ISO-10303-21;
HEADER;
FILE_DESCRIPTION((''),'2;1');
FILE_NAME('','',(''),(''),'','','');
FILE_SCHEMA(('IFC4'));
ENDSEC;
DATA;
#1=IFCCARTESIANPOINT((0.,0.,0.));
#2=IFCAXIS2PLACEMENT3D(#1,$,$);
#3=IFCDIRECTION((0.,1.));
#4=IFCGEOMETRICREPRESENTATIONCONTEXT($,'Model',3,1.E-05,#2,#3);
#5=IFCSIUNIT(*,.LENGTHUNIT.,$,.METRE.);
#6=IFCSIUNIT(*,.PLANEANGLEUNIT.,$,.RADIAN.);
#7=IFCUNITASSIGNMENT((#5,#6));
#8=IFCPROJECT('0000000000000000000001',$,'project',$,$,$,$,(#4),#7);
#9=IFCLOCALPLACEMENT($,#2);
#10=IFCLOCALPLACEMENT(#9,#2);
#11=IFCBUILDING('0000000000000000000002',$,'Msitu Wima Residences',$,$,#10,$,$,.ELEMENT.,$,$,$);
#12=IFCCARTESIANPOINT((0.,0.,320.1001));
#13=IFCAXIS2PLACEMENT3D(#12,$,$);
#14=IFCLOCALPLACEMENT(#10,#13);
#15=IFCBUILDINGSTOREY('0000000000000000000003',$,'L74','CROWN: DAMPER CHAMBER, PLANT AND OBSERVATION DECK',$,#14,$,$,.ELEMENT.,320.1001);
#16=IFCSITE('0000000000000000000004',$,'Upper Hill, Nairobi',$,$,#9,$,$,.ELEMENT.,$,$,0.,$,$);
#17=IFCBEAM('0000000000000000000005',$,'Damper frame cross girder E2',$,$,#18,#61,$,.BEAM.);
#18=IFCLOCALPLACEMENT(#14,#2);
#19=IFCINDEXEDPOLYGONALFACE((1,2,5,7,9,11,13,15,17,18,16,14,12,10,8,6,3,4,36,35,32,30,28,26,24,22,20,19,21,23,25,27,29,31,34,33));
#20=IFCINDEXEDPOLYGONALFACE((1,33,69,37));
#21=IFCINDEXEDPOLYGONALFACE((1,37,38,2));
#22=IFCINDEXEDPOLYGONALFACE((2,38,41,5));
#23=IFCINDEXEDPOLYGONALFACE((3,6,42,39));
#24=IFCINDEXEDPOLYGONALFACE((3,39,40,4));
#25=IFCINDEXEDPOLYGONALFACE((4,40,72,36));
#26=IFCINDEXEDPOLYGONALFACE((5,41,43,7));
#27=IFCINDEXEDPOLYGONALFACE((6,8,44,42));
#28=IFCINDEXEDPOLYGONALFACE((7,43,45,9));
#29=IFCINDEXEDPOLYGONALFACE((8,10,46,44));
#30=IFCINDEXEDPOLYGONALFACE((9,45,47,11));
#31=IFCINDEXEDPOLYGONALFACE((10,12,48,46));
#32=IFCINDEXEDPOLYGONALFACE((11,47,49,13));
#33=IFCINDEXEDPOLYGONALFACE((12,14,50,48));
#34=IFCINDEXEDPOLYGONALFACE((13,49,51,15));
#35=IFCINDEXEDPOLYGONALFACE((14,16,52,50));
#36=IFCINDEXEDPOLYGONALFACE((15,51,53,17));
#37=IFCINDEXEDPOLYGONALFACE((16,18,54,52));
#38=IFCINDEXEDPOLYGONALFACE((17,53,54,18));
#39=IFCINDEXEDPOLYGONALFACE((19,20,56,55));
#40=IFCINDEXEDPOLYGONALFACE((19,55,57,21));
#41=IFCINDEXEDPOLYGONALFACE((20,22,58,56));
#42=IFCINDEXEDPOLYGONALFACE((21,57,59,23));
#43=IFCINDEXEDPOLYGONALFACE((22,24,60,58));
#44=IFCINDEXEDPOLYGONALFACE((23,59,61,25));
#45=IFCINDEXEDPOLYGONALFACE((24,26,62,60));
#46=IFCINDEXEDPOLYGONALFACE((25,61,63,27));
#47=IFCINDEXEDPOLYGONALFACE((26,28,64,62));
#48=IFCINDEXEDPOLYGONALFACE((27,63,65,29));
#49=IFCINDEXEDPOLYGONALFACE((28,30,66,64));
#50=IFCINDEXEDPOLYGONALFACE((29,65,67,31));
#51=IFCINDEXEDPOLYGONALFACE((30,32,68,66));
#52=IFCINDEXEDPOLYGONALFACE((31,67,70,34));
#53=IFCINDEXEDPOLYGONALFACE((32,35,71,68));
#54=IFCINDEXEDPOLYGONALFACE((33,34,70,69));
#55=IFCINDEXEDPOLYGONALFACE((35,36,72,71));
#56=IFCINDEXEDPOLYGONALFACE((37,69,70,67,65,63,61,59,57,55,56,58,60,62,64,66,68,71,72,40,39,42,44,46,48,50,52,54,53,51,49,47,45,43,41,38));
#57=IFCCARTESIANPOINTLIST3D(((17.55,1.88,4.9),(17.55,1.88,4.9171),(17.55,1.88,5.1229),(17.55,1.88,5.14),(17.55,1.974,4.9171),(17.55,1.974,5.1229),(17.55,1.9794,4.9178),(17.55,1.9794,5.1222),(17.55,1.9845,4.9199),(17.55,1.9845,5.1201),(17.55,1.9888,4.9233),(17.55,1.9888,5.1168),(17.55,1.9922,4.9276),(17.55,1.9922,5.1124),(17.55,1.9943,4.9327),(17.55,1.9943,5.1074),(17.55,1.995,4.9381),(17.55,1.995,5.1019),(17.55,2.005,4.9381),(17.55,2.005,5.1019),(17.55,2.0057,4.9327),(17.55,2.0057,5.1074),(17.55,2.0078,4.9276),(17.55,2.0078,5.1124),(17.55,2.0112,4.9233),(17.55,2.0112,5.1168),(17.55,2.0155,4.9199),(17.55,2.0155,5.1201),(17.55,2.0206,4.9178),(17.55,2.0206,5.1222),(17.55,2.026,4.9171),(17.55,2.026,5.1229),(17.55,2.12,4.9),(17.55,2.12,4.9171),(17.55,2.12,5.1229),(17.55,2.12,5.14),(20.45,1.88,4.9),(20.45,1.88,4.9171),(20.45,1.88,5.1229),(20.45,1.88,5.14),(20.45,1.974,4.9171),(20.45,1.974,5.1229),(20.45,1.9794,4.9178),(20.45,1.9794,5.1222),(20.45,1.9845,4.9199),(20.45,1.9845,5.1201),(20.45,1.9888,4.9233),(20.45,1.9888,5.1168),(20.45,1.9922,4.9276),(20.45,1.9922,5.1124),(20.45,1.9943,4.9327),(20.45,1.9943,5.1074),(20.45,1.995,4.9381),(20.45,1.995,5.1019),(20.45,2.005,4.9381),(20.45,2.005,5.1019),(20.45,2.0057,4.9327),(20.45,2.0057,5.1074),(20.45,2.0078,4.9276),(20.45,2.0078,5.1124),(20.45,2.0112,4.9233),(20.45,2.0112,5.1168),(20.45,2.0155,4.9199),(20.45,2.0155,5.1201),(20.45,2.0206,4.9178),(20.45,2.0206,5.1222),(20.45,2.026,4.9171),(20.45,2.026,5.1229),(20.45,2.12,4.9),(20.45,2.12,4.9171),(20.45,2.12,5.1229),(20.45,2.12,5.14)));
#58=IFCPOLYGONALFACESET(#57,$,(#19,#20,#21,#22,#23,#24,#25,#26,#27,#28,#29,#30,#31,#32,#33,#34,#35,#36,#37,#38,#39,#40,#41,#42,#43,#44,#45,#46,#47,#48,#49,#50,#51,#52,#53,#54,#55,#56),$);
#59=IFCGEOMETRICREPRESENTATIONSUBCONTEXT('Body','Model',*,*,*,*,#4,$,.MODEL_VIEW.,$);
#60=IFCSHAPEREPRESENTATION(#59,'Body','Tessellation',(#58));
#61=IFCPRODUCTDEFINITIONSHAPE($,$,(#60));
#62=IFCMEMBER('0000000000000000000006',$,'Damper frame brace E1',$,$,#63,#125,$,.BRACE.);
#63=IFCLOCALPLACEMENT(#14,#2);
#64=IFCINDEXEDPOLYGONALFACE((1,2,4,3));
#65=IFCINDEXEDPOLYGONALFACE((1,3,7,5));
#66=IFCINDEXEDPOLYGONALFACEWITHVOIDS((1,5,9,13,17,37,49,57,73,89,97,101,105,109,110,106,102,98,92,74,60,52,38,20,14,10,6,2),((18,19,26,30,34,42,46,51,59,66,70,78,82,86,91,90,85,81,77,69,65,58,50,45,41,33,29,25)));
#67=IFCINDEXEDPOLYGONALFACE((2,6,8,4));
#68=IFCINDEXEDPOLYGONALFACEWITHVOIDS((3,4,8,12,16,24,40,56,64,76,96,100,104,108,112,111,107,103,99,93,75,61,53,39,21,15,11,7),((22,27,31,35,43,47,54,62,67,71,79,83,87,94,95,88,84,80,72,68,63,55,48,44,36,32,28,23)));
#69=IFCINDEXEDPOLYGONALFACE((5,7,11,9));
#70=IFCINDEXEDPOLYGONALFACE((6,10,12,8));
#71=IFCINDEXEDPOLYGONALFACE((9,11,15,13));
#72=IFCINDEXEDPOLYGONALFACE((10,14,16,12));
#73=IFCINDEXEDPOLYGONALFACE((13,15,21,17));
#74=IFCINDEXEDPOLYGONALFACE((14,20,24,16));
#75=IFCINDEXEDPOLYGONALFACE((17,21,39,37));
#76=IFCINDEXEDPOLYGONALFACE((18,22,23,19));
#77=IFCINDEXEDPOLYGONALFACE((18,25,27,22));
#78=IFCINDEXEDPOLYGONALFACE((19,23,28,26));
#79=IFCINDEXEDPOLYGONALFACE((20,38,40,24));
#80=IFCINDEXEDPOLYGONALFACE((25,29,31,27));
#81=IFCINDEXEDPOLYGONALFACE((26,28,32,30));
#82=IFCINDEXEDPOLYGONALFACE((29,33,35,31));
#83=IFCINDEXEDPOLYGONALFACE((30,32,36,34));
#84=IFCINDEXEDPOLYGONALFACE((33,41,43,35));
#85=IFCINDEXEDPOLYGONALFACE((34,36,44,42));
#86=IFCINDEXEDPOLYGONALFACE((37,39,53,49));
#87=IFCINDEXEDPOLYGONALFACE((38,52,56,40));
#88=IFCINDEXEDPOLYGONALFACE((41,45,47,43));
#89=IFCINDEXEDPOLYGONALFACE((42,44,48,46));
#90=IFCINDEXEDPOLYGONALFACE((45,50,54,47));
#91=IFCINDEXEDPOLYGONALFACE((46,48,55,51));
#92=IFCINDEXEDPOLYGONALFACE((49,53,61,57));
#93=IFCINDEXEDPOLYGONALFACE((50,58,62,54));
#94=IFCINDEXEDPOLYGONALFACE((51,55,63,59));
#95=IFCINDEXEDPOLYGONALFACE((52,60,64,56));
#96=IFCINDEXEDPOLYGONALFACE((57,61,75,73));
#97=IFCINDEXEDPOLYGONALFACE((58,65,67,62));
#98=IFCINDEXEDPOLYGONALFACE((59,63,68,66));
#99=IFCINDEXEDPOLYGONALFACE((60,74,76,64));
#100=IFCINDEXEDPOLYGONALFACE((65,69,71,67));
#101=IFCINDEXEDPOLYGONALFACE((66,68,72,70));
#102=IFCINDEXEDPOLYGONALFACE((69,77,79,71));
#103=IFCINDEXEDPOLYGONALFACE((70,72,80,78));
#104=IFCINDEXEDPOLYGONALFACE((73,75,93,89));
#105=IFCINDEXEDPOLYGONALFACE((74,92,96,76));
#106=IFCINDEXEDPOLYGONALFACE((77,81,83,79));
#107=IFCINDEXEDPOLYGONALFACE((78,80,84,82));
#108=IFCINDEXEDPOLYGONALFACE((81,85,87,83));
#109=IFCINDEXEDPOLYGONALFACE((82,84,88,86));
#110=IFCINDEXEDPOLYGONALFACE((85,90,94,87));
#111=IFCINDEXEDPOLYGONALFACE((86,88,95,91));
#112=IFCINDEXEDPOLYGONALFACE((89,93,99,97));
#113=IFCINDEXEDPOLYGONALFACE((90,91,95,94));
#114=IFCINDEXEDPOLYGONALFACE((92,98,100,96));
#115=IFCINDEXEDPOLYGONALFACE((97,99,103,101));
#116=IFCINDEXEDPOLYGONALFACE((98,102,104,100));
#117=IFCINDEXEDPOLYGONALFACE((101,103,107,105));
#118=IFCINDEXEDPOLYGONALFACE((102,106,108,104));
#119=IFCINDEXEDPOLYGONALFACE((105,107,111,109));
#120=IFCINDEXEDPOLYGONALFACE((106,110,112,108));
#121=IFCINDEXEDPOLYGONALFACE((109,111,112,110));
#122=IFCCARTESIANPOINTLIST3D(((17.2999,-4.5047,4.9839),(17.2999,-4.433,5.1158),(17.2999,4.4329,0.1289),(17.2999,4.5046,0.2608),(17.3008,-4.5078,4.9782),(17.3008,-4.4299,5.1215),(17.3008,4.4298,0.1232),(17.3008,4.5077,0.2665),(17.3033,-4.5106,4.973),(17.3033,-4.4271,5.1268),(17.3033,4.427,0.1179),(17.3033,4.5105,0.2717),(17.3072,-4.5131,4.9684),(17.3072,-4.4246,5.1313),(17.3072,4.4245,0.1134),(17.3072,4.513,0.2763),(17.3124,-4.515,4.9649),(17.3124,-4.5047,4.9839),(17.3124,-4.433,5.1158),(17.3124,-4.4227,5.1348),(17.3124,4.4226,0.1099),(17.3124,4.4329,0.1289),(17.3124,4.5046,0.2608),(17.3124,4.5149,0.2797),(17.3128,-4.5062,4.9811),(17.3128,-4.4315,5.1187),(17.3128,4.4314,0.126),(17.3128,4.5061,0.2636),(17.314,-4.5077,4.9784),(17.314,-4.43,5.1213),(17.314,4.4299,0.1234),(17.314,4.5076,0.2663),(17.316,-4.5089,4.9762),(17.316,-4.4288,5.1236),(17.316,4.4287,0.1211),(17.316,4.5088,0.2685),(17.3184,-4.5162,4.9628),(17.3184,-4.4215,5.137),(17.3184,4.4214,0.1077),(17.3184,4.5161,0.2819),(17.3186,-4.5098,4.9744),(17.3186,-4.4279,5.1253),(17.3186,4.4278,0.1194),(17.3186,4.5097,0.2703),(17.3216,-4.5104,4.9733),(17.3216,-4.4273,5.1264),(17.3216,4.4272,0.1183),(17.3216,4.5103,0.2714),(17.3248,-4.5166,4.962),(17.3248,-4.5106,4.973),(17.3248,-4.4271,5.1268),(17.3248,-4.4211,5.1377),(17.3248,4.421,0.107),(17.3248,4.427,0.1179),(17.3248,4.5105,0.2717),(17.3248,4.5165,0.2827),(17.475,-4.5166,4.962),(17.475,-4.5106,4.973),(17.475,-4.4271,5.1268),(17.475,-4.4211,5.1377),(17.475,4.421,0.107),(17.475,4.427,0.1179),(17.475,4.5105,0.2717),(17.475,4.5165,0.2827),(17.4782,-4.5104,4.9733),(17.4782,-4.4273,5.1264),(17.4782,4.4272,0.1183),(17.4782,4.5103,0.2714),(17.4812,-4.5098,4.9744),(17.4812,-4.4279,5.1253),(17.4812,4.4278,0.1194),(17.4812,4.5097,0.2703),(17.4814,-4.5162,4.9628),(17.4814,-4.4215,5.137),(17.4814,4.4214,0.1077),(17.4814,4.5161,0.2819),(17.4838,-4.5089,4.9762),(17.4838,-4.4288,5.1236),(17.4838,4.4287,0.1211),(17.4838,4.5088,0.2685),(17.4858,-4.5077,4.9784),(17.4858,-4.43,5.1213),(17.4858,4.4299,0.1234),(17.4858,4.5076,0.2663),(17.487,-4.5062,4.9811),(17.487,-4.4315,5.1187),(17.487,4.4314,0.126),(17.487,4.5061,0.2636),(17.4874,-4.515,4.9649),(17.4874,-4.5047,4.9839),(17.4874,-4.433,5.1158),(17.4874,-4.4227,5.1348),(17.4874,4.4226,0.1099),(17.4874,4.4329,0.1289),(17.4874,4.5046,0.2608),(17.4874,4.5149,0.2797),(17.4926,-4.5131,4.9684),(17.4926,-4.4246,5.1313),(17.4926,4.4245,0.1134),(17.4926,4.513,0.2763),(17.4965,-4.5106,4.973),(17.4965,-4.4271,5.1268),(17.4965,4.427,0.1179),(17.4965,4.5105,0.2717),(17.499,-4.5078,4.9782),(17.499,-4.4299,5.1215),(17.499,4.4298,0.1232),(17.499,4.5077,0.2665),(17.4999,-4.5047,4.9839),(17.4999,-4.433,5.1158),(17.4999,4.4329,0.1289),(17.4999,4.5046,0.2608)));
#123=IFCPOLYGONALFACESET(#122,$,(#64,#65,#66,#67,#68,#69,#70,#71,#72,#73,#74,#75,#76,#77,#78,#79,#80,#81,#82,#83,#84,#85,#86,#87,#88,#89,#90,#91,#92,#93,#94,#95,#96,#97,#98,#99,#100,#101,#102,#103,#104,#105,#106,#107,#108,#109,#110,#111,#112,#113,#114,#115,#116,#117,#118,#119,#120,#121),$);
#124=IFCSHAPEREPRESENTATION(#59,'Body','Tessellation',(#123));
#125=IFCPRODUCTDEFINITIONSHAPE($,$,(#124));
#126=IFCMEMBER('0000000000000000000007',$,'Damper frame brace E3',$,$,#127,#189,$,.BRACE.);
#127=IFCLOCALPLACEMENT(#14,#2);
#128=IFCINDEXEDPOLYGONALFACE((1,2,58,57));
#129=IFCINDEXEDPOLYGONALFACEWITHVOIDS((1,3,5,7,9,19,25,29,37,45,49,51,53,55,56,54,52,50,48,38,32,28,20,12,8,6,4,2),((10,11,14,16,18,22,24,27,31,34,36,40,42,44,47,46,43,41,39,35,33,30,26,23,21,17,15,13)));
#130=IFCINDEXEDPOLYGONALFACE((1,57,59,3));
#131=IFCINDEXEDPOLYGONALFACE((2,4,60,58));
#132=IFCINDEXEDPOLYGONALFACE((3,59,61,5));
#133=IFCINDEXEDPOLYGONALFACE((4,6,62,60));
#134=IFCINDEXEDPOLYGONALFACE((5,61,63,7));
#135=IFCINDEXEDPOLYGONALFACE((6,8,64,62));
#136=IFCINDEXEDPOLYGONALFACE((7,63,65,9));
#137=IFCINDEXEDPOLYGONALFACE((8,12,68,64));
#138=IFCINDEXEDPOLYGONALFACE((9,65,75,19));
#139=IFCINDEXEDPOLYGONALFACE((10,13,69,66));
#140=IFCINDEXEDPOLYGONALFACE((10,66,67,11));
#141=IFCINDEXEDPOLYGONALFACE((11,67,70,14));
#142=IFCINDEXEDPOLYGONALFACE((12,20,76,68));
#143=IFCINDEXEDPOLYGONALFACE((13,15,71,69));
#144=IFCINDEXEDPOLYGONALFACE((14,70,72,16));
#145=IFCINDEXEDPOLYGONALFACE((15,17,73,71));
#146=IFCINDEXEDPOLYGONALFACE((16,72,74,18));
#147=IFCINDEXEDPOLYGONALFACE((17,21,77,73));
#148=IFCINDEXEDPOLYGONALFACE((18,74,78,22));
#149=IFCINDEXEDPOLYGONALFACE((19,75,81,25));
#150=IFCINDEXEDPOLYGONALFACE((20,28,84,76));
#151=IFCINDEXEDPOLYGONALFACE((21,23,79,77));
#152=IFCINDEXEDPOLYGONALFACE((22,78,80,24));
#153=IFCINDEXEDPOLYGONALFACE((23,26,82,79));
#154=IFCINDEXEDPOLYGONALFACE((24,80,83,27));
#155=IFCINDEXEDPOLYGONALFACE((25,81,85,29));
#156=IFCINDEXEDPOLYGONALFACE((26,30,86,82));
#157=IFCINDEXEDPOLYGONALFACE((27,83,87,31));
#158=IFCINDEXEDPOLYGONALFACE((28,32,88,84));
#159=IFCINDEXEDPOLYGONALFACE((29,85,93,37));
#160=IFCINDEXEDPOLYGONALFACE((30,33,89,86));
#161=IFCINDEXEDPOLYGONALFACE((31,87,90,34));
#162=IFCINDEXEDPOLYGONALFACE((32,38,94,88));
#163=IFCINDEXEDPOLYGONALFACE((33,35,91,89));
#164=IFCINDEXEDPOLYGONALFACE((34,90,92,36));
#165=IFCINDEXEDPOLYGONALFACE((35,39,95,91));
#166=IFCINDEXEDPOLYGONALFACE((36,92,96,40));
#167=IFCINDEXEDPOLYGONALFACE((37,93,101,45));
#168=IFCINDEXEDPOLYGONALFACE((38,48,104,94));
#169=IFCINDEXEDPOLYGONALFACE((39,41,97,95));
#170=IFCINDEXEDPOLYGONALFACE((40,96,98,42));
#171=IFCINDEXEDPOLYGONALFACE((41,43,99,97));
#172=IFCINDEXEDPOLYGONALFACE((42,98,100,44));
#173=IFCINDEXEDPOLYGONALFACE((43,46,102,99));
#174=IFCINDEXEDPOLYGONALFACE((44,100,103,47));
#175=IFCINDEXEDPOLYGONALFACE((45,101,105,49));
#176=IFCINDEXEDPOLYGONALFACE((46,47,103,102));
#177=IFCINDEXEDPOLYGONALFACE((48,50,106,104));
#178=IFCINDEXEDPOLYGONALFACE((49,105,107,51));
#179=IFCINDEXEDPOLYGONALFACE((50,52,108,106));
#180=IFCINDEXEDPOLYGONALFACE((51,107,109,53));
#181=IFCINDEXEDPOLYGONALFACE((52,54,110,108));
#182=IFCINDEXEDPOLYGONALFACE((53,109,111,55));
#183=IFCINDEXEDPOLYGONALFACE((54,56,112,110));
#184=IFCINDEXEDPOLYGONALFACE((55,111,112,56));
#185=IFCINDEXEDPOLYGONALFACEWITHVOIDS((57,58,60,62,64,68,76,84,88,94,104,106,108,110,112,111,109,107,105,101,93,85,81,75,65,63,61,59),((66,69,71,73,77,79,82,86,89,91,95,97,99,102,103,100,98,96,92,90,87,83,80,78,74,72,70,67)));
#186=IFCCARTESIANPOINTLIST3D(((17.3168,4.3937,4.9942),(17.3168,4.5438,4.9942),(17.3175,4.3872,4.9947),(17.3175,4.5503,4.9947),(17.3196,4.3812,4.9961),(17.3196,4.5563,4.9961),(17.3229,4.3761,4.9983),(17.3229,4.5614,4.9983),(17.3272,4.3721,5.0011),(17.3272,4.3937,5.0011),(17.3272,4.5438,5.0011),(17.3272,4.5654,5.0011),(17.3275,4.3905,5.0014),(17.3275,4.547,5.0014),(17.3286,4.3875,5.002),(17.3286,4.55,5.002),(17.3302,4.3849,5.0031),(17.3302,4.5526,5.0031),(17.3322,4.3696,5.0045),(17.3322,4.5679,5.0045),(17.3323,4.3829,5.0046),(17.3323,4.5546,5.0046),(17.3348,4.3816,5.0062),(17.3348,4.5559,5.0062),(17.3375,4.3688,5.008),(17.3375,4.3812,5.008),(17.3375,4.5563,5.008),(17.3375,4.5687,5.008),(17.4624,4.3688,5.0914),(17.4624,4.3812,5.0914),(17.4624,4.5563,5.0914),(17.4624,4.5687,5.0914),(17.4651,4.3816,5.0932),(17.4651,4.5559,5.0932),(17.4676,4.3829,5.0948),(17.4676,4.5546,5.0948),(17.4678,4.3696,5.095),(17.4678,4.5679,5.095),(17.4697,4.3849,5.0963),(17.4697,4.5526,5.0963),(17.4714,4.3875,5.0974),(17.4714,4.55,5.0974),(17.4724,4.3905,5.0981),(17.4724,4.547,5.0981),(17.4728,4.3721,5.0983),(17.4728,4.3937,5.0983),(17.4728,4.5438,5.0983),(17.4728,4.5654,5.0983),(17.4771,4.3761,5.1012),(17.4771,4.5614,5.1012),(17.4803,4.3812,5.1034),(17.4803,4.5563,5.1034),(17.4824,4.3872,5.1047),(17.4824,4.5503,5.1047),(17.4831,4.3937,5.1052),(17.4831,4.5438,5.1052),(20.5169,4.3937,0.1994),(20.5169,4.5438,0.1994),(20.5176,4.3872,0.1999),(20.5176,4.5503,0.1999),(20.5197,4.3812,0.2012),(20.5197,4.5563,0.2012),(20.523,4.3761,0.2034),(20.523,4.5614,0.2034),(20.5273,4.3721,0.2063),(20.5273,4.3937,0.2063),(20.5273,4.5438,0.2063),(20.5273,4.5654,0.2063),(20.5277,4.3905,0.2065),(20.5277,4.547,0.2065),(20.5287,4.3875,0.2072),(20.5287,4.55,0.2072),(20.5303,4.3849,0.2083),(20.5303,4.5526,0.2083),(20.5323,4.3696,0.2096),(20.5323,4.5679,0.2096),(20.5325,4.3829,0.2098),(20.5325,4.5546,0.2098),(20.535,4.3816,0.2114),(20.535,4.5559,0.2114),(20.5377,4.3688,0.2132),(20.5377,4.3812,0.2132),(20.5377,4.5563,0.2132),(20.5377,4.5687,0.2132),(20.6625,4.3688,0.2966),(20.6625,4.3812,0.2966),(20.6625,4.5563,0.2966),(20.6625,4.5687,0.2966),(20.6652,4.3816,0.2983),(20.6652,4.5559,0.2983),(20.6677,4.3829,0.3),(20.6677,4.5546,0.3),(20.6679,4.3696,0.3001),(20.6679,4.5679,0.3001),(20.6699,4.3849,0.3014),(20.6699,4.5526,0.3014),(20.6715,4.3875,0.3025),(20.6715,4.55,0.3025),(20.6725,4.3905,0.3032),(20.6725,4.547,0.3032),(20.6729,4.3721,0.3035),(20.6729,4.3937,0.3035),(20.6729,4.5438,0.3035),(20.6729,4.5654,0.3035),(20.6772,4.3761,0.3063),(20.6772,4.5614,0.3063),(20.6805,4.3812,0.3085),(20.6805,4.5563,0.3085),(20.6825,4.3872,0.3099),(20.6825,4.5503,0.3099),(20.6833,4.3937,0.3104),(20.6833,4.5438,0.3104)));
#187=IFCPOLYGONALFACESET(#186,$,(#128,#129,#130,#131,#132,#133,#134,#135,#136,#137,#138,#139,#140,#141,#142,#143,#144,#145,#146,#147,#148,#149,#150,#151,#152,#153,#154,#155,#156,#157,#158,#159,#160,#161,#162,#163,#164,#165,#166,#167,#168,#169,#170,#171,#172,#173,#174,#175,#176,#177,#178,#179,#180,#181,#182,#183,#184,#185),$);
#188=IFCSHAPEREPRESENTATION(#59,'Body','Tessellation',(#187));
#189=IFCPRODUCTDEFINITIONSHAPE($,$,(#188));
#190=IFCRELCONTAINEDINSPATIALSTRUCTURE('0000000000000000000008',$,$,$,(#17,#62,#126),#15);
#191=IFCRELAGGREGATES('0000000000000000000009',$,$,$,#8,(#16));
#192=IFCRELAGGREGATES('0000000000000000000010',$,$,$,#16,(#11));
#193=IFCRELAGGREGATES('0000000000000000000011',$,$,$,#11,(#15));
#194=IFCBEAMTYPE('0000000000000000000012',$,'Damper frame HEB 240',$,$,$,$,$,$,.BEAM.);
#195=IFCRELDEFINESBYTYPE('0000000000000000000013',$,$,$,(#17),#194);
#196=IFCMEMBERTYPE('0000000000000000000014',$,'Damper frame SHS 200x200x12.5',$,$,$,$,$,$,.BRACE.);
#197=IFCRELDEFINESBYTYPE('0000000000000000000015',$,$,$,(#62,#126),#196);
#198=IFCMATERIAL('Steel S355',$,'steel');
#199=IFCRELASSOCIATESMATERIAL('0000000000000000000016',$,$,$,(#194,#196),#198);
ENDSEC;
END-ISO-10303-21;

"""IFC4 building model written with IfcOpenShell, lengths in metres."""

from ifc_helpers import new_model, si_unit, direction, frame, origin, origin_2d, place, context, subcontext, project, spatial, hollow_rectangle, i_section, extrude, material, material_profile, profile_set, type_object, element, save


model = new_model("IFC4")

# Units and contexts
model_context = context("Model", 3, precision=1e-05, world=origin(), true_north=direction((0.0, 1.0)))
body_context = subcontext(model_context, "Body", "Model", "MODEL_VIEW")
ifc_project = project(units=[si_unit("LENGTHUNIT", "METRE"), si_unit("PLANEANGLEUNIT", "RADIAN")], contexts=[model_context])

# Site, building, storey
site_placement = place(None, origin())
site = spatial("IfcSite", under=ifc_project, at=site_placement, Name="Upper Hill, Nairobi", CompositionType="ELEMENT", RefElevation=0.0)
building_placement = place(site_placement, origin())
building = spatial("IfcBuilding", under=site, at=building_placement, Name="Msitu Wima Residences", CompositionType="ELEMENT")
storey_placement = place(building_placement, frame((0.0, 0.0, 320.1001)))
storey = spatial("IfcBuildingStorey", under=building, at=storey_placement, Name="L74", Description="CROWN: DAMPER CHAMBER, PLANT AND OBSERVATION DECK", CompositionType="ELEMENT", Elevation=320.1001)

# Shared definitions
ifc_material_1 = material(Name="Steel S355", Category="steel")

# Beam
ifc_material_profile_1 = material_profile(ifc_material_1, i_section(OverallWidth=0.24, OverallDepth=0.24, WebThickness=0.01, FlangeThickness=0.0171, FilletRadius=0.021, at=origin_2d()), Name="HEB 240")
ifc_profile_set_1 = profile_set([ifc_material_profile_1], Name="Steel S355")
beam_type_1 = type_object("IfcBeamType", Name="Damper frame HEB 240", PredefinedType="BEAM", material=ifc_profile_set_1)
beam_1_placement = place(storey_placement, frame((17.55, 2.0, 5.02), z_axis=(1.0, 0.0, 0.0), x_axis=(0.0, 1.0, 0.0)))
element("IfcBeam", 1, at=beam_1_placement, inside=storey, type_object=beam_type_1, Name="Damper frame cross girder E2", PredefinedType="BEAM", context=body_context, shape_type="SweptSolid", body=[
    extrude(i_section(OverallWidth=0.24, OverallDepth=0.24, WebThickness=0.01, FlangeThickness=0.0171, FilletRadius=0.021, at=origin_2d()), origin(), (0.0, 0.0, 1.0), 2.8999),
])

# Members
ifc_material_profile_2 = material_profile(ifc_material_1, hollow_rectangle(XDim=0.2, YDim=0.2, WallThickness=0.0125, InnerFilletRadius=0.0125, OuterFilletRadius=0.0249, at=origin_2d()), Name="SHS 200x200x12.5")
ifc_profile_set_2 = profile_set([ifc_material_profile_2], Name="Steel S355")
member_type_1 = type_object("IfcMemberType", Name="Damper frame SHS 200x200x12.5", PredefinedType="BRACE", material=ifc_profile_set_2)
member_1_placement = place(storey_placement, frame((17.3999, 4.4688, 0.1948), z_axis=(0.0, -0.878722, 0.477334), x_axis=(1.0, 0.0, 0.0)))
element("IfcMember", 2, at=member_1_placement, inside=storey, type_object=member_type_1, Name="Damper frame brace E1", PredefinedType="BRACE", context=body_context, shape_type="SweptSolid", body=[
    extrude(hollow_rectangle(XDim=0.2, YDim=0.2, WallThickness=0.0125, InnerFilletRadius=0.0125, OuterFilletRadius=0.0249, at=origin_2d()), origin(), (0.0, 0.0, 1.0), 10.1711),
])
member_2_placement = place(storey_placement, frame((20.6001, 4.4688, 0.2549), z_axis=(-0.55513, 0.0, 0.831764), x_axis=(0.0, -1.0, 0.0)))
element("IfcMember", 3, at=member_2_placement, inside=storey, type_object=member_type_1, Name="Damper frame brace E3", PredefinedType="BRACE", context=body_context, shape_type="SweptSolid", body=[
    extrude(hollow_rectangle(XDim=0.2, YDim=0.2, WallThickness=0.0125, InnerFilletRadius=0.0125, OuterFilletRadius=0.0249, at=origin_2d()), origin(), (0.0, 0.0, 1.0), 5.7646),
])

save(model, "model.ifc")
